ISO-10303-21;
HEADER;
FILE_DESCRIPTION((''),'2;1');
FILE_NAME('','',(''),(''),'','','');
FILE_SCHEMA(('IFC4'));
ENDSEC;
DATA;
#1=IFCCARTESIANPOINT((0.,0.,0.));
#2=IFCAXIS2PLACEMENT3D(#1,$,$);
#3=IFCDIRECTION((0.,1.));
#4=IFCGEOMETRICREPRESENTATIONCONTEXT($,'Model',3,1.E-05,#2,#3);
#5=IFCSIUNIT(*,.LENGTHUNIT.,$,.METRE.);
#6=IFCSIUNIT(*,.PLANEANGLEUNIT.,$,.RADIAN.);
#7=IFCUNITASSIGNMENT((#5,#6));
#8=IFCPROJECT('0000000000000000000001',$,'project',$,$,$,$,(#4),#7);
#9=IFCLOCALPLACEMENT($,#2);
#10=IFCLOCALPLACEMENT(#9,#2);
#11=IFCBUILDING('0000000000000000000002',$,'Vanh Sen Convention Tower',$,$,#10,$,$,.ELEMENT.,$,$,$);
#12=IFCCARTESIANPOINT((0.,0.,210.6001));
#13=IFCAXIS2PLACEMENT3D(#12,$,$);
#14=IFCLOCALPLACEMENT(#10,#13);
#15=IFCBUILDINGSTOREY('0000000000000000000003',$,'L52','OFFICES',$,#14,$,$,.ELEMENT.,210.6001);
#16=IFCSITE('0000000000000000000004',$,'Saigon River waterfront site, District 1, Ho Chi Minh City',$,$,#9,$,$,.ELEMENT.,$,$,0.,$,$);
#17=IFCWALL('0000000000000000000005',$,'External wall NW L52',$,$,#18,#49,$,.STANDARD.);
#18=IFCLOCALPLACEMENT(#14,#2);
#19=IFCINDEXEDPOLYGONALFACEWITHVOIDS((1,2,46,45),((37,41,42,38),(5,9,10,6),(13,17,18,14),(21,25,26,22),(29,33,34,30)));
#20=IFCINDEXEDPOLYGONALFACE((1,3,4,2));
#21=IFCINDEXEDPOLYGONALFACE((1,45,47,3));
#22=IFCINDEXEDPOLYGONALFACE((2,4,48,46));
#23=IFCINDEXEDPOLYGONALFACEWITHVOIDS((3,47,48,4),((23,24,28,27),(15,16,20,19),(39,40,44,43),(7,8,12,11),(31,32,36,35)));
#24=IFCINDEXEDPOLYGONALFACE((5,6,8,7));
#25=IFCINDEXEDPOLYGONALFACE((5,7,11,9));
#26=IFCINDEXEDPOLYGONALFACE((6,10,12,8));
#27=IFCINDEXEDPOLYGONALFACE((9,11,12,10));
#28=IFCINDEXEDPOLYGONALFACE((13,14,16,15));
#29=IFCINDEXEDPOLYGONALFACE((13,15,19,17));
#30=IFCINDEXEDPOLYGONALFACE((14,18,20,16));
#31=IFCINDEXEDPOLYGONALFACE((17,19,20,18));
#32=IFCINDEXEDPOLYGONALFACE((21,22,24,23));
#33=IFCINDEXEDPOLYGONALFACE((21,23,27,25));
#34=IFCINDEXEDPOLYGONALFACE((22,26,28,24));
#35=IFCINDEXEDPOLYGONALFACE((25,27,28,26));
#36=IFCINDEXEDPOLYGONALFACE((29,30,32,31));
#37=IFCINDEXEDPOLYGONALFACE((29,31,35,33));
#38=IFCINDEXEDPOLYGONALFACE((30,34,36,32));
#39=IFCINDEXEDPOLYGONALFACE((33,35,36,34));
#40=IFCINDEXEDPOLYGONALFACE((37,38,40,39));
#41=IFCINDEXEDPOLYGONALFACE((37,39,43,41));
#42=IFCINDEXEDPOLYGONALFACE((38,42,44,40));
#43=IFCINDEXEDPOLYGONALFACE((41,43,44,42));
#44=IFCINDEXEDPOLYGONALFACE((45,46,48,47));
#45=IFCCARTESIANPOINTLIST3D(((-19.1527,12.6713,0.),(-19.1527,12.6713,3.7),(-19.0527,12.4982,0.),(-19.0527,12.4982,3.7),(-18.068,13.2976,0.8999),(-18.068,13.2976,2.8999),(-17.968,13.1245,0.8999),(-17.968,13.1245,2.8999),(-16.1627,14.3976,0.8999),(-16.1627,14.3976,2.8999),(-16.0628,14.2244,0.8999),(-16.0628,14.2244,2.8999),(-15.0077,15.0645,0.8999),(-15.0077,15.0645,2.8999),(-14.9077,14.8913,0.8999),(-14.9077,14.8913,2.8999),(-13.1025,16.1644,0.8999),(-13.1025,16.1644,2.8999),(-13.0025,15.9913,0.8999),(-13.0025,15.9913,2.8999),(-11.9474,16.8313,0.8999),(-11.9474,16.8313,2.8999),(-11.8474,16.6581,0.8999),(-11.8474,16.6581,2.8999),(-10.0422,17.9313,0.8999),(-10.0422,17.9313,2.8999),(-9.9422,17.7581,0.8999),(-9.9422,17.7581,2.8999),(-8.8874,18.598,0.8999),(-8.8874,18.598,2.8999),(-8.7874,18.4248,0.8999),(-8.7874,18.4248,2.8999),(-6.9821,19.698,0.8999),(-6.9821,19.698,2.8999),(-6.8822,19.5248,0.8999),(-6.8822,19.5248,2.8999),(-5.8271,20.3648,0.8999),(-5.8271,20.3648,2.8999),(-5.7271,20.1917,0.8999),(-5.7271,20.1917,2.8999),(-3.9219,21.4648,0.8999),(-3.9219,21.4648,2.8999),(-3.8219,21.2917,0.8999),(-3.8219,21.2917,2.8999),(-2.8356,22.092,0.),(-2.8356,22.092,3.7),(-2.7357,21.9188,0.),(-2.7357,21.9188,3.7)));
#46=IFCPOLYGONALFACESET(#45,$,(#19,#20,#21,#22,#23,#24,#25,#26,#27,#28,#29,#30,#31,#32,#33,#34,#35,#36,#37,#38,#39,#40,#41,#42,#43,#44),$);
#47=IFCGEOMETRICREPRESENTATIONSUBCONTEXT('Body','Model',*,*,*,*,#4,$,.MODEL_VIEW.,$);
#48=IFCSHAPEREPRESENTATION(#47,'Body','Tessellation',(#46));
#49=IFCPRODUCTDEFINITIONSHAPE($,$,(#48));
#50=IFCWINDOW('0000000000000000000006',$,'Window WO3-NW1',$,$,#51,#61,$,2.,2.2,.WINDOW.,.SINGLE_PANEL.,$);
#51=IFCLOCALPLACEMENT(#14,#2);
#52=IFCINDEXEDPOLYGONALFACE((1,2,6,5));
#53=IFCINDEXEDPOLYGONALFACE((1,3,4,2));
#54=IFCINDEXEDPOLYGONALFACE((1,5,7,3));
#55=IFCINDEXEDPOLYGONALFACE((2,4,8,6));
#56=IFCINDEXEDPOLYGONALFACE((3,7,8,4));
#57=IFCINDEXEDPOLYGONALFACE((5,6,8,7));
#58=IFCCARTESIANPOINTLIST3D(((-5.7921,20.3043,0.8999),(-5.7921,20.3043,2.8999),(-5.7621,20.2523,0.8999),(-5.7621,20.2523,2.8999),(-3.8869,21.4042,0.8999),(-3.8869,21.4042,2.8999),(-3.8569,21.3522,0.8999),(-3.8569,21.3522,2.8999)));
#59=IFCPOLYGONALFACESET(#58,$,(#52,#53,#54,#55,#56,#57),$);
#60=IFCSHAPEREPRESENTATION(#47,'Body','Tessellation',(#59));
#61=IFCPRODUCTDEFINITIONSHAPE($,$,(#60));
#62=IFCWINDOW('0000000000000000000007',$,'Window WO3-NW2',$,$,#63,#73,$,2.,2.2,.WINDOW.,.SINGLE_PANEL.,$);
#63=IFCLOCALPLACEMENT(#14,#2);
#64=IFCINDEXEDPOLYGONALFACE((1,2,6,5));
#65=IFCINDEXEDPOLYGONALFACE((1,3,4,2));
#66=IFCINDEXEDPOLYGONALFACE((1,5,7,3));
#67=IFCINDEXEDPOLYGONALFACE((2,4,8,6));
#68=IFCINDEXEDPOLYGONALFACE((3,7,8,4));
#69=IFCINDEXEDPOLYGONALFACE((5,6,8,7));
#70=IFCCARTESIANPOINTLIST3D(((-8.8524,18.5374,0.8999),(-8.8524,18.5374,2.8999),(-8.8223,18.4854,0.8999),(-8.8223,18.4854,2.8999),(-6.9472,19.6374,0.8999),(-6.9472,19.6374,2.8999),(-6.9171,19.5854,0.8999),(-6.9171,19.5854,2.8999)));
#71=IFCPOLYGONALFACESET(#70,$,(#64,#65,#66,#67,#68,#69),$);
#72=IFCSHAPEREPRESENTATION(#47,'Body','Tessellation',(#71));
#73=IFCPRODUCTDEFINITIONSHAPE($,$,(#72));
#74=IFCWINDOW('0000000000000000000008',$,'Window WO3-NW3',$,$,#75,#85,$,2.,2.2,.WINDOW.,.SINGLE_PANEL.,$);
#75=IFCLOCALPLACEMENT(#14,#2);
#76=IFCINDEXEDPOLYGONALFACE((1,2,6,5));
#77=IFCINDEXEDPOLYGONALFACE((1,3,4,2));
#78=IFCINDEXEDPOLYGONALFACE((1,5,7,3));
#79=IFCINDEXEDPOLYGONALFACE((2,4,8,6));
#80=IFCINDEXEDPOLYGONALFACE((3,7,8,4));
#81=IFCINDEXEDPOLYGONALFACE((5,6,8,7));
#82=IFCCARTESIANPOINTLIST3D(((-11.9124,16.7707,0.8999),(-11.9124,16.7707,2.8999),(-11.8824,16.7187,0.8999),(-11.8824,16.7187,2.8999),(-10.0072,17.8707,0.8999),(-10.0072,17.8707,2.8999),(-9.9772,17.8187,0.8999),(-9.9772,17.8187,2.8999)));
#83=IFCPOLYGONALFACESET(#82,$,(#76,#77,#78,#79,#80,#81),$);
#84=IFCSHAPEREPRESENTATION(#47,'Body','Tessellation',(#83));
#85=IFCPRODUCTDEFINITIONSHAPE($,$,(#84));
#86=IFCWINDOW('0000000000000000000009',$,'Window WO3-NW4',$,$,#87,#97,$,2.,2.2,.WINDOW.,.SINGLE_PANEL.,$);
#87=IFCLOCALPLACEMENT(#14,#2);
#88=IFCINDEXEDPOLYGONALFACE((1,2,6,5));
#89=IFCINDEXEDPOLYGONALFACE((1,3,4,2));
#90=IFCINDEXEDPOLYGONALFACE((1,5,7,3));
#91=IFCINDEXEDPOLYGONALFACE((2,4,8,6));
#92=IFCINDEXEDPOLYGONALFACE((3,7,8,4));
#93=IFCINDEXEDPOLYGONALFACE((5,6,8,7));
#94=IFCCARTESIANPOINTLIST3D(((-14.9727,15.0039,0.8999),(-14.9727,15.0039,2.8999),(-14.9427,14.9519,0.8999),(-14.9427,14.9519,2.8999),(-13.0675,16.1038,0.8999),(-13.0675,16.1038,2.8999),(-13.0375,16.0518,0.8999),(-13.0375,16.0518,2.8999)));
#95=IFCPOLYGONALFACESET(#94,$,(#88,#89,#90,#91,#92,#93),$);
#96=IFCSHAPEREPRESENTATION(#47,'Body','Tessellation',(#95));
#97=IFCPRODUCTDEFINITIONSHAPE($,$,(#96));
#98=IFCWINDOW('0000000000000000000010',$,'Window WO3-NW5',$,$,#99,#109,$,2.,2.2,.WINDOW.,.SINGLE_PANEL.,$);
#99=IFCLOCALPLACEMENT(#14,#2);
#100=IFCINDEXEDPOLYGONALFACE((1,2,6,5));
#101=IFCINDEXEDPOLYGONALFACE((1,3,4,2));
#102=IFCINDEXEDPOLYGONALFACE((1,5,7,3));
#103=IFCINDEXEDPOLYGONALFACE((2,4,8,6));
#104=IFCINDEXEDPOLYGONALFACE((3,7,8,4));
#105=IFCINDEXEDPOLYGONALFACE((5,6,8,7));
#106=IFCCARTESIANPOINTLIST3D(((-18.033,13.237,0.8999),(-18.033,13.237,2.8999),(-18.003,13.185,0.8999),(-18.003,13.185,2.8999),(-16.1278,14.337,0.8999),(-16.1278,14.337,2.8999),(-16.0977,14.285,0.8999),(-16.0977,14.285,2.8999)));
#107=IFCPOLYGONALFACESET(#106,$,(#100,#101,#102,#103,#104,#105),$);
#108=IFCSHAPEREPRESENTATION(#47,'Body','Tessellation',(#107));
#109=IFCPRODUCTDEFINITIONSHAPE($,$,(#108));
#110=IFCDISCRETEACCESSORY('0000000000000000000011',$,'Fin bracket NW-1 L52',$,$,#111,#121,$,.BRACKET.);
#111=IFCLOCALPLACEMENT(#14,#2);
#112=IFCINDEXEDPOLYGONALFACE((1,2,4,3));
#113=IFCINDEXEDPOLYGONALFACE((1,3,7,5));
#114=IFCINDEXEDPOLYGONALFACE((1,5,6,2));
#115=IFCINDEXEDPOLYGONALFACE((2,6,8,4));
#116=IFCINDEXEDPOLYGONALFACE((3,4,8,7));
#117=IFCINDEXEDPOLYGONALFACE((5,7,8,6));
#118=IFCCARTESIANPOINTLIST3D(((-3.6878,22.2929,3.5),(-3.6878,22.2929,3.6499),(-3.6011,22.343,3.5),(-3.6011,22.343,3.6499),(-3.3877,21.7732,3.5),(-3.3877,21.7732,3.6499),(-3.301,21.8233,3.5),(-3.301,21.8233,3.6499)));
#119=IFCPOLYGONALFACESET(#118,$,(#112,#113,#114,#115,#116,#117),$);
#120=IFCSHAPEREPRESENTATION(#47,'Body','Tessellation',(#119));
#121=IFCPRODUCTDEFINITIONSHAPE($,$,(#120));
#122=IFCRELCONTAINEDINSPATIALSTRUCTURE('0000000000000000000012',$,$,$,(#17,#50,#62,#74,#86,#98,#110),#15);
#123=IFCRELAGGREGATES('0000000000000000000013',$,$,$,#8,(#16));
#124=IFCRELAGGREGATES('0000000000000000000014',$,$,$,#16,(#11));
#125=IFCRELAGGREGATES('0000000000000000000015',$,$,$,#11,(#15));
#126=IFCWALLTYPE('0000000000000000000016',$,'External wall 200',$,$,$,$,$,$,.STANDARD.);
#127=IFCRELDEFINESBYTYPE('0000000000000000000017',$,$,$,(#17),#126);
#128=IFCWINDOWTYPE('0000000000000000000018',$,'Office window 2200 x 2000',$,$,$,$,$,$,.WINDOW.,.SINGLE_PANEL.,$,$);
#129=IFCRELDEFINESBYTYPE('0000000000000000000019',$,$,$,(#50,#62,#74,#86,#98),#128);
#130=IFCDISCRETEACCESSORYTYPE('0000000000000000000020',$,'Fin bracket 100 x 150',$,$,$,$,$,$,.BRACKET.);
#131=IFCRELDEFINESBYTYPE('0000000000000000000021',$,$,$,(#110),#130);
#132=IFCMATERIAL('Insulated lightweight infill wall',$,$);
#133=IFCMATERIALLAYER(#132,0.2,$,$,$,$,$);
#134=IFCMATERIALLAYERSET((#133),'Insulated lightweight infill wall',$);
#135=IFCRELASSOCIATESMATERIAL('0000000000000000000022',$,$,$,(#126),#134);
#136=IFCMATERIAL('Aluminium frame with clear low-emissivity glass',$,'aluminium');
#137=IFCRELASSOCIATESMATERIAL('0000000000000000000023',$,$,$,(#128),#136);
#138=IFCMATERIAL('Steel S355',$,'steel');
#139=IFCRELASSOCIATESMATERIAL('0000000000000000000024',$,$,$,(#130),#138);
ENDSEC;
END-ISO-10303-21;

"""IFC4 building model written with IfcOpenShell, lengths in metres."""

from ifc_helpers import new_model, si_unit, direction, frame, frame_2d, origin, origin_2d, place, context, subcontext, project, spatial, rectangle, extrude, material, layer, layer_set, type_object, element, fill, save


model = new_model("IFC4")

# Units and contexts
model_context = context("Model", 3, precision=1e-05, world=origin(), true_north=direction((0.0, 1.0)))
body_context = subcontext(model_context, "Body", "Model", "MODEL_VIEW")
ifc_project = project(units=[si_unit("LENGTHUNIT", "METRE"), si_unit("PLANEANGLEUNIT", "RADIAN")], contexts=[model_context])

# Site, building, storey
site_placement = place(None, origin())
site = spatial("IfcSite", under=ifc_project, at=site_placement, Name="Saigon River waterfront site, District 1, Ho Chi Minh City", CompositionType="ELEMENT", RefElevation=0.0)
building_placement = place(site_placement, origin())
building = spatial("IfcBuilding", under=site, at=building_placement, Name="Vanh Sen Convention Tower", CompositionType="ELEMENT")
storey_placement = place(building_placement, frame((0.0, 0.0, 210.6001)))
storey = spatial("IfcBuildingStorey", under=building, at=storey_placement, Name="L52", Description="OFFICES", CompositionType="ELEMENT", Elevation=210.6001)

# Wall, openings, windows
ifc_material_1 = material(Name="Insulated lightweight infill wall")
ifc_layer_1 = layer(ifc_material_1, 0.2)
ifc_layer_set_1 = layer_set([ifc_layer_1], Name="Insulated lightweight infill wall")
wall_type_1 = type_object("IfcWallType", Name="External wall 200", PredefinedType="STANDARD", material=ifc_layer_set_1)
wall_1_placement = place(storey_placement, frame((-2.7856, 22.0054, 0.0), z_axis=(0.0, 0.0, 1.0), x_axis=(-0.866027, -0.499998, 0.0)))
wall_1 = element("IfcWall", 1, at=wall_1_placement, inside=storey, type_object=wall_type_1, Name="External wall NW L52", PredefinedType="STANDARD", context=body_context, shape_type="SweptSolid", body=[
    extrude(rectangle(XDim=18.8413, YDim=0.2, at=frame_2d((9.4207, 0.0))), origin(), (0.0, 0.0, 1.0), 3.7),
])
opening_1_placement = place(wall_1_placement, frame((1.2542, 0.0, 0.8999)))
opening_1 = element("IfcOpeningElement", 2, at=opening_1_placement, cuts=wall_1, PredefinedType="OPENING", context=body_context, shape_type="SweptSolid", body=[
    extrude(rectangle(XDim=2.2, YDim=2.0, at=frame_2d((1.1001, 1.0))), frame((0.0, 0.1099, 0.0), z_axis=(0.0, -1.0, 0.0), x_axis=(1.0, 0.0, 0.0)), (0.0, 0.0, 1.0), 0.22),
])
opening_2_placement = place(wall_1_placement, frame((4.7878, 0.0, 0.8999)))
opening_2 = element("IfcOpeningElement", 3, at=opening_2_placement, cuts=wall_1, PredefinedType="OPENING", context=body_context, shape_type="SweptSolid", body=[
    extrude(rectangle(XDim=2.2, YDim=2.0, at=frame_2d((1.1001, 1.0))), frame((0.0, 0.1099, 0.0), z_axis=(0.0, -1.0, 0.0), x_axis=(1.0, 0.0, 0.0)), (0.0, 0.0, 1.0), 0.22),
])
opening_3_placement = place(wall_1_placement, frame((8.3213, 0.0, 0.8999)))
opening_3 = element("IfcOpeningElement", 4, at=opening_3_placement, cuts=wall_1, PredefinedType="OPENING", context=body_context, shape_type="SweptSolid", body=[
    extrude(rectangle(XDim=2.2, YDim=2.0, at=frame_2d((1.1001, 1.0))), frame((0.0, 0.1099, 0.0), z_axis=(0.0, -1.0, 0.0), x_axis=(1.0, 0.0, 0.0)), (0.0, 0.0, 1.0), 0.22),
])
opening_4_placement = place(wall_1_placement, frame((11.855, 0.0, 0.8999)))
opening_4 = element("IfcOpeningElement", 5, at=opening_4_placement, cuts=wall_1, PredefinedType="OPENING", context=body_context, shape_type="SweptSolid", body=[
    extrude(rectangle(XDim=2.2, YDim=2.0, at=frame_2d((1.1001, 1.0))), frame((0.0, 0.1099, 0.0), z_axis=(0.0, -1.0, 0.0), x_axis=(1.0, 0.0, 0.0)), (0.0, 0.0, 1.0), 0.22),
])
opening_5_placement = place(wall_1_placement, frame((15.3887, 0.0, 0.8999)))
opening_5 = element("IfcOpeningElement", 6, at=opening_5_placement, cuts=wall_1, PredefinedType="OPENING", context=body_context, shape_type="SweptSolid", body=[
    extrude(rectangle(XDim=2.2, YDim=2.0, at=frame_2d((1.1001, 1.0))), frame((0.0, 0.1099, 0.0), z_axis=(0.0, -1.0, 0.0), x_axis=(1.0, 0.0, 0.0)), (0.0, 0.0, 1.0), 0.22),
])
ifc_material_2 = material(Name="Aluminium frame with clear low-emissivity glass", Category="aluminium")
window_type = type_object("IfcWindowType", Name="Office window 2200 x 2000", PartitioningType="SINGLE_PANEL", PredefinedType="WINDOW", material=ifc_material_2)
window_1_placement = place(opening_1_placement, origin())
window_1 = element("IfcWindow", 7, at=window_1_placement, inside=storey, type_object=window_type, Name="Window WO3-NW1", OverallHeight=2.0, OverallWidth=2.2, PartitioningType="SINGLE_PANEL", PredefinedType="WINDOW", context=body_context, shape_type="SweptSolid", body=[
    extrude(rectangle(XDim=2.2, YDim=2.0, at=frame_2d((1.1001, 1.0))), frame((0.0, 0.03, 0.0), z_axis=(0.0, -1.0, 0.0), x_axis=(1.0, 0.0, 0.0)), (0.0, 0.0, 1.0), 0.0601),
])
fill(opening_1, window_1)
window_2_placement = place(opening_2_placement, origin())
window_2 = element("IfcWindow", 8, at=window_2_placement, inside=storey, type_object=window_type, Name="Window WO3-NW2", OverallHeight=2.0, OverallWidth=2.2, PartitioningType="SINGLE_PANEL", PredefinedType="WINDOW", context=body_context, shape_type="SweptSolid", body=[
    extrude(rectangle(XDim=2.2, YDim=2.0, at=frame_2d((1.1001, 1.0))), frame((0.0, 0.03, 0.0), z_axis=(0.0, -1.0, 0.0), x_axis=(1.0, 0.0, 0.0)), (0.0, 0.0, 1.0), 0.0601),
])
fill(opening_2, window_2)
window_3_placement = place(opening_3_placement, origin())
window_3 = element("IfcWindow", 9, at=window_3_placement, inside=storey, type_object=window_type, Name="Window WO3-NW3", OverallHeight=2.0, OverallWidth=2.2, PartitioningType="SINGLE_PANEL", PredefinedType="WINDOW", context=body_context, shape_type="SweptSolid", body=[
    extrude(rectangle(XDim=2.2, YDim=2.0, at=frame_2d((1.1001, 1.0))), frame((0.0, 0.03, 0.0), z_axis=(0.0, -1.0, 0.0), x_axis=(1.0, 0.0, 0.0)), (0.0, 0.0, 1.0), 0.0601),
])
fill(opening_3, window_3)
window_4_placement = place(opening_4_placement, origin())
window_4 = element("IfcWindow", 10, at=window_4_placement, inside=storey, type_object=window_type, Name="Window WO3-NW4", OverallHeight=2.0, OverallWidth=2.2, PartitioningType="SINGLE_PANEL", PredefinedType="WINDOW", context=body_context, shape_type="SweptSolid", body=[
    extrude(rectangle(XDim=2.2, YDim=2.0, at=frame_2d((1.1001, 1.0))), frame((0.0, 0.03, 0.0), z_axis=(0.0, -1.0, 0.0), x_axis=(1.0, 0.0, 0.0)), (0.0, 0.0, 1.0), 0.0601),
])
fill(opening_4, window_4)
window_5_placement = place(opening_5_placement, origin())
window_5 = element("IfcWindow", 11, at=window_5_placement, inside=storey, type_object=window_type, Name="Window WO3-NW5", OverallHeight=2.0, OverallWidth=2.2, PartitioningType="SINGLE_PANEL", PredefinedType="WINDOW", context=body_context, shape_type="SweptSolid", body=[
    extrude(rectangle(XDim=2.2, YDim=2.0, at=frame_2d((1.1001, 1.0))), frame((0.0, 0.03, 0.0), z_axis=(0.0, -1.0, 0.0), x_axis=(1.0, 0.0, 0.0)), (0.0, 0.0, 1.0), 0.0601),
])
fill(opening_5, window_5)

# Discrete accessory
ifc_material_3 = material(Name="Steel S355", Category="steel")
discrete_accessory_type = type_object("IfcDiscreteAccessoryType", Name="Fin bracket 100 x 150", PredefinedType="BRACKET", material=ifc_material_3)
discrete_accessory_placement = place(storey_placement, frame((-3.4944, 22.0581, 3.5), z_axis=(0.0, 0.0, 1.0), x_axis=(-0.5, 0.866025, 0.0)))
element("IfcDiscreteAccessory", 12, at=discrete_accessory_placement, inside=storey, type_object=discrete_accessory_type, Name="Fin bracket NW-1 L52", PredefinedType="BRACKET", context=body_context, shape_type="SweptSolid", body=[
    extrude(rectangle(XDim=0.6001, YDim=0.1001, at=origin_2d()), origin(), (0.0, 0.0, 1.0), 0.1499),
])

save(model, "model.ifc")
